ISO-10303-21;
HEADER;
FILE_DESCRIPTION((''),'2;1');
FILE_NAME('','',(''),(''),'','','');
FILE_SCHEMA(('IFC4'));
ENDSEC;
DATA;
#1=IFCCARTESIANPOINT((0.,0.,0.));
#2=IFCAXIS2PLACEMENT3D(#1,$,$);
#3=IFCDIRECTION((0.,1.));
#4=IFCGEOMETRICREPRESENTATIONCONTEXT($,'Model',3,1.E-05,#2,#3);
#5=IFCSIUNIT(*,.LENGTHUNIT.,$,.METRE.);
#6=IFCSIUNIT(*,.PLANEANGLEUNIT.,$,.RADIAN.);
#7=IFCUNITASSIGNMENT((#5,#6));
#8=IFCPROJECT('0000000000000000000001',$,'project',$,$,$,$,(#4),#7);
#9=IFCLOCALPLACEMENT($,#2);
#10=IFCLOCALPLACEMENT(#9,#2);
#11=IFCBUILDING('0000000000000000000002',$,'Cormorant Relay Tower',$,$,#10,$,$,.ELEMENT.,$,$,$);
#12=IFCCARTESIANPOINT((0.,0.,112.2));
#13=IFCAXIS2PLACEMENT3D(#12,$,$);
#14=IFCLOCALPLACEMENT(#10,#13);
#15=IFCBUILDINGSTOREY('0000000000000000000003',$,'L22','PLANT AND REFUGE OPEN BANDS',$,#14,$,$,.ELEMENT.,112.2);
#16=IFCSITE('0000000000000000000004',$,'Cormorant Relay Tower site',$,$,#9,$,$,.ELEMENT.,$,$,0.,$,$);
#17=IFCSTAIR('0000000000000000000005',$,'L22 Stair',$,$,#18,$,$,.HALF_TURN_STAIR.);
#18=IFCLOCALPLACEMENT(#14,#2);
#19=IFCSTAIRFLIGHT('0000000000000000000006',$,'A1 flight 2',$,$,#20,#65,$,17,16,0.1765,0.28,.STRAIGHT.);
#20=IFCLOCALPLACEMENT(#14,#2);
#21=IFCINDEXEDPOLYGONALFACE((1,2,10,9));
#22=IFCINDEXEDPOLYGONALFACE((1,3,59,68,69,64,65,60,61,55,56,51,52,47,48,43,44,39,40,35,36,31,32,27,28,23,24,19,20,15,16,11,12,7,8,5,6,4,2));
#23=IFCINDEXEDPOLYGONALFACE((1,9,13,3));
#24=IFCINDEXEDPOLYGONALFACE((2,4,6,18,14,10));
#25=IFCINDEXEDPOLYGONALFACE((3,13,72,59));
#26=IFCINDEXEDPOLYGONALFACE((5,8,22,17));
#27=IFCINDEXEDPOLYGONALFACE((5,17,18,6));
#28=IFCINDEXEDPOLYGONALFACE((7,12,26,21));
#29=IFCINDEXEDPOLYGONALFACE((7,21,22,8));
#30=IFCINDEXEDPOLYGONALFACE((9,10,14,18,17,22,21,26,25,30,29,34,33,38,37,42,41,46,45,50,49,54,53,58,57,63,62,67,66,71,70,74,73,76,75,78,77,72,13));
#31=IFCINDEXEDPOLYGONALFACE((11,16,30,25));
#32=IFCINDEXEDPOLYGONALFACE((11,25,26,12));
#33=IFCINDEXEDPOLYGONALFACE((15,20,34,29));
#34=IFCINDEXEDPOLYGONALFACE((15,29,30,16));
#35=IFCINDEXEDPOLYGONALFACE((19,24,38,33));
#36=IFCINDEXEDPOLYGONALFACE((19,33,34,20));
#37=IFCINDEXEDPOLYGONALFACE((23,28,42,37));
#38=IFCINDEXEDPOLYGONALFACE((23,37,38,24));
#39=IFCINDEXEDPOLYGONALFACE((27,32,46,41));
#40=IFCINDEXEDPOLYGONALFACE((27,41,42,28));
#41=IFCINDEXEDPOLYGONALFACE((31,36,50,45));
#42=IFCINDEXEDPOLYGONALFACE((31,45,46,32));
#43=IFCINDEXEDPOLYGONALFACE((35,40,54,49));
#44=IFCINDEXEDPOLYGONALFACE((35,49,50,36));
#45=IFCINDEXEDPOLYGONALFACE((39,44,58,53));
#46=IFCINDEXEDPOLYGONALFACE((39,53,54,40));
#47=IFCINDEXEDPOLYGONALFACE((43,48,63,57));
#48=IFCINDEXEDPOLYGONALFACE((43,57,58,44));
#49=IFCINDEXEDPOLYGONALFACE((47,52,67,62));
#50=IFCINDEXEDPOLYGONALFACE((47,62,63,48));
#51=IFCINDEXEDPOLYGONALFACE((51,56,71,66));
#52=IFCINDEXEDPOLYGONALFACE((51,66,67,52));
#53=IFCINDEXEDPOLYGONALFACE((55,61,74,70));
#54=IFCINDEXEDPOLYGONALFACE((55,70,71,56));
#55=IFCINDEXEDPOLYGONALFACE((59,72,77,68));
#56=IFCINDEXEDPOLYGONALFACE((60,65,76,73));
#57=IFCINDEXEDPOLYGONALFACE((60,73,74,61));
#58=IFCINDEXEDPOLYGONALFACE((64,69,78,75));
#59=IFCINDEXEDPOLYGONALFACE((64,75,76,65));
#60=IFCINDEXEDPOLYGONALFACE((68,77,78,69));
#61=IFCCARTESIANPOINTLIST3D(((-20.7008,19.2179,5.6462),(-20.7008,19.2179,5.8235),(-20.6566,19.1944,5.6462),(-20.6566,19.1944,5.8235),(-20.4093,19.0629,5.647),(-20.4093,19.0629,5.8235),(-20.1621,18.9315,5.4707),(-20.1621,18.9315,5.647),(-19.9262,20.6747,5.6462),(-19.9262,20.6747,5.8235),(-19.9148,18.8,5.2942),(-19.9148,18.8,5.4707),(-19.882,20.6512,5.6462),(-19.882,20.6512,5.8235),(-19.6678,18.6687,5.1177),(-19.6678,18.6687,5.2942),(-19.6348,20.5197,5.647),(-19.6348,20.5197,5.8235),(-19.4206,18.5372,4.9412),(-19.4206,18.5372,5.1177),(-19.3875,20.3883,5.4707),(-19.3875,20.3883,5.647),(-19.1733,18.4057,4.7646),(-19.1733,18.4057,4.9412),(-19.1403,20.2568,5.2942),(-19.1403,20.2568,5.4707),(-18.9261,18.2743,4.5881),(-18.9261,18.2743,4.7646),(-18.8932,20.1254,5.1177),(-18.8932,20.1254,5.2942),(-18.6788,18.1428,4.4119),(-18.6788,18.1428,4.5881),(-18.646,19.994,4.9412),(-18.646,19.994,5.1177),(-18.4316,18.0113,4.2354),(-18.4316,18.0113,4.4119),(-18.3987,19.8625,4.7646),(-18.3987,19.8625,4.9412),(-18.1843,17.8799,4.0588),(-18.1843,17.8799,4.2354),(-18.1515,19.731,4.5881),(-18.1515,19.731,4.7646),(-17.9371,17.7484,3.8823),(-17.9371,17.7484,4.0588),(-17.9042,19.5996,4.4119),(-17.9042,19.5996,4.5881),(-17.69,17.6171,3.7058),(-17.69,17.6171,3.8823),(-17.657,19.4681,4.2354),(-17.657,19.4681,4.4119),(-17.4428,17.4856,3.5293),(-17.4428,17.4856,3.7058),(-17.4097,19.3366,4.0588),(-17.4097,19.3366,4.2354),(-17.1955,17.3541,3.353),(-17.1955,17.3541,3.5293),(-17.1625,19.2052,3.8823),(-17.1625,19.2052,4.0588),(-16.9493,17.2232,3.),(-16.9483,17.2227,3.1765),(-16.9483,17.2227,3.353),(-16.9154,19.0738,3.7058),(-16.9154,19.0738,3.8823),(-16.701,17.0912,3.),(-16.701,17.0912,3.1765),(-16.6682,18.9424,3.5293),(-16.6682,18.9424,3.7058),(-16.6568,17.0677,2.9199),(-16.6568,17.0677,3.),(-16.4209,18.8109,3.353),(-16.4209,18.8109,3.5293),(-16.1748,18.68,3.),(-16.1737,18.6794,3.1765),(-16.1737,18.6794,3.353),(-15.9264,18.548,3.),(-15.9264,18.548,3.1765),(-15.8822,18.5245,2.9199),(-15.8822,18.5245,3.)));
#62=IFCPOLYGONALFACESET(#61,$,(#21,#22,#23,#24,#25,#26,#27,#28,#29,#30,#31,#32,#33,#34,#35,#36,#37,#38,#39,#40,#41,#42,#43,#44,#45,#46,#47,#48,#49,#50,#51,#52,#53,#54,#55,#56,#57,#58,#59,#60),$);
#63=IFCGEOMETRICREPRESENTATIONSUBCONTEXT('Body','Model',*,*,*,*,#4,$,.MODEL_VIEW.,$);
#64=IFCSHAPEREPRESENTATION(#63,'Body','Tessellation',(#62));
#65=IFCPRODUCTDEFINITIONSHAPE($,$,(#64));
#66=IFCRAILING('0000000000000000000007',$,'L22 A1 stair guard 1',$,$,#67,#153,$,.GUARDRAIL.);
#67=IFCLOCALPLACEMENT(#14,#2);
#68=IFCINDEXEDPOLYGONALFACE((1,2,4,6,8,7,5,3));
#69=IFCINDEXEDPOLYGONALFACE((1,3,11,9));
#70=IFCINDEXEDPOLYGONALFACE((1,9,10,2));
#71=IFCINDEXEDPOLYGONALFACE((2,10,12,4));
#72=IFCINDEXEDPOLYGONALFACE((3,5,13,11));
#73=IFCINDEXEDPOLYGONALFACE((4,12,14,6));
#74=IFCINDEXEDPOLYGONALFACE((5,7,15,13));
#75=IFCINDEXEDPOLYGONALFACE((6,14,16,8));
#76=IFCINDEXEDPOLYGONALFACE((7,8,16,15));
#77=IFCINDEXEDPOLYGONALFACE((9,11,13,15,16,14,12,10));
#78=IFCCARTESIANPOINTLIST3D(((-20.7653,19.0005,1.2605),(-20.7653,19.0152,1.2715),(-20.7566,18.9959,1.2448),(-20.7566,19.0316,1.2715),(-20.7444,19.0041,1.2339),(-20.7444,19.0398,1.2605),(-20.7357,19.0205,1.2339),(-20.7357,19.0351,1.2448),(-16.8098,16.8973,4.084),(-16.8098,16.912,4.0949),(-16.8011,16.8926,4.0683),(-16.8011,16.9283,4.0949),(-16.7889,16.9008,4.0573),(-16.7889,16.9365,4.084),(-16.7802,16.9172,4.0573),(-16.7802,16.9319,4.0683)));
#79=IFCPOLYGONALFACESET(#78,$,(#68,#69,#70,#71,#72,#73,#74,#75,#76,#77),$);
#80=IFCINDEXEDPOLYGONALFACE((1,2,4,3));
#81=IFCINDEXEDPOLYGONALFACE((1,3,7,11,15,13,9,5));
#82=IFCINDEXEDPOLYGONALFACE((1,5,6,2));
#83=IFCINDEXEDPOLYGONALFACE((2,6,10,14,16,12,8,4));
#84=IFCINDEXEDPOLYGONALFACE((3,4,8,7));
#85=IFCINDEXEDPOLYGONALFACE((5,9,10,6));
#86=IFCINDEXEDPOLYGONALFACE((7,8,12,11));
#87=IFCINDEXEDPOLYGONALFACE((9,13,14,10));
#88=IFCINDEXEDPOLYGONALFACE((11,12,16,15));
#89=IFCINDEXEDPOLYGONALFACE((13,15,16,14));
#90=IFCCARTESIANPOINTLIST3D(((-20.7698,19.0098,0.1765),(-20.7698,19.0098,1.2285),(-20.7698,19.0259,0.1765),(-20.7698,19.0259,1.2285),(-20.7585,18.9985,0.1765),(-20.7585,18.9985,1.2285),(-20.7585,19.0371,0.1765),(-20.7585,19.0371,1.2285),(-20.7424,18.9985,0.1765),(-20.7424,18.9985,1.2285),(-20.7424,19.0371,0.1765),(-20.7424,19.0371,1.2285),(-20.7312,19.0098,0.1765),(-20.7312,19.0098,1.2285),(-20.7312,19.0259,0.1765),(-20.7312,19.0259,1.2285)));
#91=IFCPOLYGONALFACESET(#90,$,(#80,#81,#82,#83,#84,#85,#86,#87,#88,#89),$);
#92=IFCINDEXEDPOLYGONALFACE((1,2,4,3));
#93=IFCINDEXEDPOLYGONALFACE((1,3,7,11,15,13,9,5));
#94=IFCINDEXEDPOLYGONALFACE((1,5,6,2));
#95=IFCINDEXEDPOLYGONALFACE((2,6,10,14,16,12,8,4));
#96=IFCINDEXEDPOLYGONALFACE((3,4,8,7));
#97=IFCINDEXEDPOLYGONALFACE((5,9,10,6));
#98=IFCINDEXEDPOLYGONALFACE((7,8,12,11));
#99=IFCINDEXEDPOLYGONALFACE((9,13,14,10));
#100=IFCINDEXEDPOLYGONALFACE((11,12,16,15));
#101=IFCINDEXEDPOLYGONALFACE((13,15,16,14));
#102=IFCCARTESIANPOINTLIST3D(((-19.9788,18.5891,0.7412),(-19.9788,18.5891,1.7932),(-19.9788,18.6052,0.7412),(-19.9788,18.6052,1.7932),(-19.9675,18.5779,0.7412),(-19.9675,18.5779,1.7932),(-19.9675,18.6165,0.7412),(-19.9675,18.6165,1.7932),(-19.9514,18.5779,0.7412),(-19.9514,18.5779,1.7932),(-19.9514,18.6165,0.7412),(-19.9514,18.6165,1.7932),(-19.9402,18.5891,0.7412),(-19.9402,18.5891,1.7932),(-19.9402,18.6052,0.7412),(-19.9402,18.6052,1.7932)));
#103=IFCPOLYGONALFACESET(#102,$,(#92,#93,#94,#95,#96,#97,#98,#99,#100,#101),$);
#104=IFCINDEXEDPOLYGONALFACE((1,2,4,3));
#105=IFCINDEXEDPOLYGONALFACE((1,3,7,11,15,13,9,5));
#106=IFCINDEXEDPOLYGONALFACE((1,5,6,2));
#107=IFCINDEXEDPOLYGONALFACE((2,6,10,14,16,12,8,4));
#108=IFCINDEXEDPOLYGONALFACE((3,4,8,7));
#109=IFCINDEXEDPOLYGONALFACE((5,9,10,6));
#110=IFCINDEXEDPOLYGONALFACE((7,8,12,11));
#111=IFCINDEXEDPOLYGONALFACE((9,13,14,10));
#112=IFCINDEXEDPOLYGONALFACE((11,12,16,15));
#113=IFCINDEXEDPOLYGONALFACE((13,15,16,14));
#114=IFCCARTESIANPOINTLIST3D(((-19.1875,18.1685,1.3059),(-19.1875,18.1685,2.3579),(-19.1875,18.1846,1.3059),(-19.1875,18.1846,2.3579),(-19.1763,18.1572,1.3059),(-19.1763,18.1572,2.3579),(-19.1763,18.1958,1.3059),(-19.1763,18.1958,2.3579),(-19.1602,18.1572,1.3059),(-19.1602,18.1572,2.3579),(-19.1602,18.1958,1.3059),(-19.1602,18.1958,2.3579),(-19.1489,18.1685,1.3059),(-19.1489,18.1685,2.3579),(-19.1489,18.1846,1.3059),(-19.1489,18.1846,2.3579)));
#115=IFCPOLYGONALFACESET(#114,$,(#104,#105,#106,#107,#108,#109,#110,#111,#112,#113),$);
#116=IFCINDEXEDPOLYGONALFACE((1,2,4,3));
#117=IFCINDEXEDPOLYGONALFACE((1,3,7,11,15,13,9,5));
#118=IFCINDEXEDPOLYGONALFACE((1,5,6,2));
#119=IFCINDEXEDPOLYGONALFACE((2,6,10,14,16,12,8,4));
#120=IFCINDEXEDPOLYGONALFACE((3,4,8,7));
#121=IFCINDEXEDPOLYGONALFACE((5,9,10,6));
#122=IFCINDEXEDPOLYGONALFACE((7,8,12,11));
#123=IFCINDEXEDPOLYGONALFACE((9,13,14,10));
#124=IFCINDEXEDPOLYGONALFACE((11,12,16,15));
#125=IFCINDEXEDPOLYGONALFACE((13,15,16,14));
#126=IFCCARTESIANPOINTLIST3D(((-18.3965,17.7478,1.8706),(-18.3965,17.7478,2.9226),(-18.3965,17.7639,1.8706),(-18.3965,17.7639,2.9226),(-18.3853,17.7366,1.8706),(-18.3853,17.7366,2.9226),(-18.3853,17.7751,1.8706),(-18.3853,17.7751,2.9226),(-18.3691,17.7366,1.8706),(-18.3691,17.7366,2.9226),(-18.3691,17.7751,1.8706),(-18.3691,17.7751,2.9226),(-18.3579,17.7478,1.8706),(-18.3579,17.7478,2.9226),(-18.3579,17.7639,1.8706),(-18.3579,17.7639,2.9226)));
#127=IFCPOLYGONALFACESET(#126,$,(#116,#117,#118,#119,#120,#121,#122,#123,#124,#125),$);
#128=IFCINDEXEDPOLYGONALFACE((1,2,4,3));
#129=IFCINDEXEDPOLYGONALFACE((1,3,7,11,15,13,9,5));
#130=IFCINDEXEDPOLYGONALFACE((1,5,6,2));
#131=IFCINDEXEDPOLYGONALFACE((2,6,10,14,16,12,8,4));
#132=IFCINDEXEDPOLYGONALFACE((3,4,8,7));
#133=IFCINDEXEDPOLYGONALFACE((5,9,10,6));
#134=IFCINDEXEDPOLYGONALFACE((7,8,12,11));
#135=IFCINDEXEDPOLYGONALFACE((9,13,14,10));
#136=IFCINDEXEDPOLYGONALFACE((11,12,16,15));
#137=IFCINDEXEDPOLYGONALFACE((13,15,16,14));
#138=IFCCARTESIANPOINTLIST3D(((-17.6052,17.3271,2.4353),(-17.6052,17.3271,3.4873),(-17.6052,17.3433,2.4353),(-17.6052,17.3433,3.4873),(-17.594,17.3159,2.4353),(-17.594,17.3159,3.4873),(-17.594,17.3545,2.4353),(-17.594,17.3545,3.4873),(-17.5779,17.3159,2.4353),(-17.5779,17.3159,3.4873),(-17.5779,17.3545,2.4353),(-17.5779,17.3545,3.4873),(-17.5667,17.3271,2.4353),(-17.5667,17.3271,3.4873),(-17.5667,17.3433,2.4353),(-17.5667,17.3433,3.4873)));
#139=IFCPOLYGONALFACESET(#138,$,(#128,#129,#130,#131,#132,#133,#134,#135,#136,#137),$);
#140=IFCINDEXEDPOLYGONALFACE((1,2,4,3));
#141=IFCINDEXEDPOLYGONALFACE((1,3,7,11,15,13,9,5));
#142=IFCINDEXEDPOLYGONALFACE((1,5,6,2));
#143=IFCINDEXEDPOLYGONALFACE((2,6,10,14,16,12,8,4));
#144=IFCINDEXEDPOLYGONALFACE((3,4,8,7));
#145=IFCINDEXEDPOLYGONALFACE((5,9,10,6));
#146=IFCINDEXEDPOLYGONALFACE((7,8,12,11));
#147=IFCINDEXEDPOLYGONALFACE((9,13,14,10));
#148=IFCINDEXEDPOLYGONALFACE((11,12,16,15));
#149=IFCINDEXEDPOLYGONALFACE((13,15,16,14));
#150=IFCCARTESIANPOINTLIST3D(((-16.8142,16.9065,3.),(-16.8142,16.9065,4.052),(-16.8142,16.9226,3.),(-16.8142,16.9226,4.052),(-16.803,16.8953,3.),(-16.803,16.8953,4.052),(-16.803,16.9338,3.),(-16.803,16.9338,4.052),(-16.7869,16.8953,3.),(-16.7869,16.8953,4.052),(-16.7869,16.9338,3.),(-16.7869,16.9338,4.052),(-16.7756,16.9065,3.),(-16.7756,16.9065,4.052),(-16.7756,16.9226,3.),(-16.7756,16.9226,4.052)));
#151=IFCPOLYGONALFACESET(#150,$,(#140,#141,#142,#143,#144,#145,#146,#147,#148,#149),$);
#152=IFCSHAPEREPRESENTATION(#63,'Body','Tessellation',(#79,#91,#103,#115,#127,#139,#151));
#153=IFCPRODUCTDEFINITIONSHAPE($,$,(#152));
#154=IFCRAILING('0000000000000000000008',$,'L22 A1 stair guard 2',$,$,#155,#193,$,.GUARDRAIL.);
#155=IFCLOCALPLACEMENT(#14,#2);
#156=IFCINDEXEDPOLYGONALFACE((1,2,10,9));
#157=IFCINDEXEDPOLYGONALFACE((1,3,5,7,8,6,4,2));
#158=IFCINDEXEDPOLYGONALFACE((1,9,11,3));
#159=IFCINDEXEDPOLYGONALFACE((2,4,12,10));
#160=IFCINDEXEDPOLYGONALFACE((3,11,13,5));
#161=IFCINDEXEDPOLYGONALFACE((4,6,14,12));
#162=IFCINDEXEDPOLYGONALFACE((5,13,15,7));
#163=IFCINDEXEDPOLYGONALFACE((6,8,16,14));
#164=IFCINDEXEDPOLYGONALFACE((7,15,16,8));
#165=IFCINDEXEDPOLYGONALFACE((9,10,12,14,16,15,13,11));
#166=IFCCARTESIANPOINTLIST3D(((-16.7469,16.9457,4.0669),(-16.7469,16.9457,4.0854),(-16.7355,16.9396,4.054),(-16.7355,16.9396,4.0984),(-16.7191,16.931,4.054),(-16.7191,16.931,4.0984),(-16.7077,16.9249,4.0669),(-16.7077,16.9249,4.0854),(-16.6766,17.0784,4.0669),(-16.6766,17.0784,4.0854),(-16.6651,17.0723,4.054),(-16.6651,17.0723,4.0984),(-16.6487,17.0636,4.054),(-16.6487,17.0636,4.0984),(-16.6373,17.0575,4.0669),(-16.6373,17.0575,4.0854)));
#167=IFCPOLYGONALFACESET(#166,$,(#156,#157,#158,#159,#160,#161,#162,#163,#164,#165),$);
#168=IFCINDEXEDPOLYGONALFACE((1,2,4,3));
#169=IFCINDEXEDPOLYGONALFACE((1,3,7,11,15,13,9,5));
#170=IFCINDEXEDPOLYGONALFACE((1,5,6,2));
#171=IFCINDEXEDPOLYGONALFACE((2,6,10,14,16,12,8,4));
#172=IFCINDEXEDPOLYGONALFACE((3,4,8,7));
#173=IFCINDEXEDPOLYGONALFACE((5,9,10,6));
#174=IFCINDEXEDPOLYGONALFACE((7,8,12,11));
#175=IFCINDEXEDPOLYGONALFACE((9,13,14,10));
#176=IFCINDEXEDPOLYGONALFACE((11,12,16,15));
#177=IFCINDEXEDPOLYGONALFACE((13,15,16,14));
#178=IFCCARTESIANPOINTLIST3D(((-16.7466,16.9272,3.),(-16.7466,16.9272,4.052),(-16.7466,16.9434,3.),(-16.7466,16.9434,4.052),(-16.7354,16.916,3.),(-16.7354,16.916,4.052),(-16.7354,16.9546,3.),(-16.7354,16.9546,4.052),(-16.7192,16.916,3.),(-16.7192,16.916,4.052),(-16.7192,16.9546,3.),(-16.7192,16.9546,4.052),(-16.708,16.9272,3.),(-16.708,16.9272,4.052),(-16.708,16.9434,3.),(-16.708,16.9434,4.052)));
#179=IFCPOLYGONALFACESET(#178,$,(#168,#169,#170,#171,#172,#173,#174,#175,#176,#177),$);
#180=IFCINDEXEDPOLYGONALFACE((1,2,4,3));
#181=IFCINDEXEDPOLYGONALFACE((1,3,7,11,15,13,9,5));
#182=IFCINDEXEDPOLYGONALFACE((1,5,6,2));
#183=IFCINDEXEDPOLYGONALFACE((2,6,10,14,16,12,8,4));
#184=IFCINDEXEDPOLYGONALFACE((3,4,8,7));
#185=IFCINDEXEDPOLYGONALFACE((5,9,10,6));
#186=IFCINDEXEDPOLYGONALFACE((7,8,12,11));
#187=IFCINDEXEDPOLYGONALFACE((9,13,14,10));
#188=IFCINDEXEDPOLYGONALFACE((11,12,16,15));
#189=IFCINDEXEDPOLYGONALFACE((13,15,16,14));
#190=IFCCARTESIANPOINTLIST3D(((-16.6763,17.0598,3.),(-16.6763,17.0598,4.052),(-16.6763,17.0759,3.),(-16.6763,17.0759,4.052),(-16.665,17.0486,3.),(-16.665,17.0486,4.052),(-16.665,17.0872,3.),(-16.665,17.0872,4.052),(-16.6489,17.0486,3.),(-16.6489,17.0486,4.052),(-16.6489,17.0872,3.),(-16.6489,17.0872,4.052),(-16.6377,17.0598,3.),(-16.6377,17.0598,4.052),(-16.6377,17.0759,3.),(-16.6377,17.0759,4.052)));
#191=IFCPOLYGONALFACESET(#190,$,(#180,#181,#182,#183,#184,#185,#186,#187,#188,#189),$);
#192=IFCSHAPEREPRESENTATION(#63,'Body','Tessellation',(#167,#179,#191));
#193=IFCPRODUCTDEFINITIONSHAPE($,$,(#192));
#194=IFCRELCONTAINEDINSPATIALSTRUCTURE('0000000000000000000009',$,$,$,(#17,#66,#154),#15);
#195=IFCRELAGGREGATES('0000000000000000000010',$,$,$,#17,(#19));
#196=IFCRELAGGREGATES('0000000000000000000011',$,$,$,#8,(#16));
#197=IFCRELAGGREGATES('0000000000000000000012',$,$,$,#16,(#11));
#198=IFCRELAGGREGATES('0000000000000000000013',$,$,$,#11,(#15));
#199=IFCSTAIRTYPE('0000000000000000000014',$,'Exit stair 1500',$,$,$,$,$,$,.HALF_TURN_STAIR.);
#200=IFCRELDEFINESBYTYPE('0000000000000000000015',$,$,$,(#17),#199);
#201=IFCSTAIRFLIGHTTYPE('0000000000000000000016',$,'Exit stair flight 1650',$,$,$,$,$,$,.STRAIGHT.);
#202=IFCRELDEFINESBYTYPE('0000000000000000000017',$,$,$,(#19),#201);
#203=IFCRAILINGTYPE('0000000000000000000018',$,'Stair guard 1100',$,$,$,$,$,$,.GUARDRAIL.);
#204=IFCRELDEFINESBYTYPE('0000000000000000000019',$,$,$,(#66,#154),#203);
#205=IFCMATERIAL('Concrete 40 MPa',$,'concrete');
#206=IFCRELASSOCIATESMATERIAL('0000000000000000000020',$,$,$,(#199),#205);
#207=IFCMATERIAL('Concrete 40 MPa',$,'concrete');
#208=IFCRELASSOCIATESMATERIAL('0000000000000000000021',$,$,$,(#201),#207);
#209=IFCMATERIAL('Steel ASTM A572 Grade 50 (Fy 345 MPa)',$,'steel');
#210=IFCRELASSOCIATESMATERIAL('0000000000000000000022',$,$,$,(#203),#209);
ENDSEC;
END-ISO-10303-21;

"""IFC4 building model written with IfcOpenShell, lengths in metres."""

from ifc_helpers import new_model, si_unit, direction, frame, origin, place, context, subcontext, project, spatial, polyline, outline, extrude, material, type_object, element, aggregate, save


model = new_model("IFC4")

# Units and contexts
model_context = context("Model", 3, precision=1e-05, world=origin(), true_north=direction((0.0, 1.0)))
body_context = subcontext(model_context, "Body", "Model", "MODEL_VIEW")
ifc_project = project(units=[si_unit("LENGTHUNIT", "METRE"), si_unit("PLANEANGLEUNIT", "RADIAN")], contexts=[model_context])

# Site, building, storey
site_placement = place(None, origin())
site = spatial("IfcSite", under=ifc_project, at=site_placement, Name="Cormorant Relay Tower site", CompositionType="ELEMENT", RefElevation=0.0)
building_placement = place(site_placement, origin())
building = spatial("IfcBuilding", under=site, at=building_placement, Name="Cormorant Relay Tower", CompositionType="ELEMENT")
storey_placement = place(building_placement, frame((0.0, 0.0, 112.2)))
storey = spatial("IfcBuildingStorey", under=building, at=storey_placement, Name="L22", Description="PLANT AND REFUGE OPEN BANDS", CompositionType="ELEMENT", Elevation=112.2)

# Stair, stair flight
ifc_material_1 = material(Name="Concrete 40 MPa", Category="concrete")
stair_type = type_object("IfcStairType", Name="Exit stair 1500", PredefinedType="HALF_TURN_STAIR", material=ifc_material_1)
stair_placement = place(storey_placement, origin())
stair = element("IfcStair", 1, at=stair_placement, inside=storey, type_object=stair_type, Name="L22 Stair", PredefinedType="HALF_TURN_STAIR")
ifc_material_2 = material(Name="Concrete 40 MPa", Category="concrete")
stair_flight_type = type_object("IfcStairFlightType", Name="Exit stair flight 1650", PredefinedType="STRAIGHT", material=ifc_material_2)
stair_flight_1_placement = place(storey_placement, frame((-16.3137, 17.8196, 3.0), z_axis=(0.0, 0.0, 1.0), x_axis=(-0.882948, 0.469472, 0.0)))
stair_flight_1 = element("IfcStairFlight", 2, at=stair_flight_1_placement, type_object=stair_flight_type, Name="A1 flight 2", NumberOfRisers=17, NumberOfTreads=16, PredefinedType="STRAIGHT", RiserHeight=0.1765, TreadLength=0.28, context=body_context, shape_type="SweptSolid", body=[
    extrude(outline(polyline([(-0.05, -0.0801), (-0.05, 0.0), (0.0, 0.0), (0.0, 0.1765), (0.28, 0.1765), (0.28, 0.353), (0.5601, 0.353), (0.5601, 0.5293), (0.8401, 0.5293), (0.8401, 0.7058), (1.1201, 0.7058), (1.1201, 0.8823), (1.3999, 0.8823), (1.3999, 1.0588), (1.6799, 1.0588), (1.6799, 1.2354), (1.96, 1.2354), (1.96, 1.4119), (2.24, 1.4119), (2.24, 1.5881), (2.52, 1.5881), (2.52, 1.7646), (2.8, 1.7646), (2.8, 1.9412), (3.0801, 1.9412), (3.0801, 2.1177), (3.3601, 2.1177), (3.3601, 2.2942), (3.6399, 2.2942), (3.6399, 2.4707), (3.9199, 2.4707), (3.9199, 2.647), (4.2, 2.647), (4.2, 2.8235), (4.48, 2.8235), (4.53, 2.8235), (4.53, 2.6462), (4.48, 2.6462), (0.2812, 0.0), (-0.05, -0.0801)])), frame((0.0, 0.825, 0.0), z_axis=(0.0, -1.0, 0.0), x_axis=(1.0, 0.0, 0.0)), (0.0, 0.0, 1.0), 1.6499),
])
aggregate(stair, [stair_flight_1])

# Railings
ifc_material_3 = material(Name="Steel ASTM A572 Grade 50 (Fy 345 MPa)", Category="steel")
railing_type_1 = type_object("IfcRailingType", Name="Stair guard 1100", PredefinedType="GUARDRAIL", material=ifc_material_3)
railing_1_placement = place(storey_placement, frame((-20.7505, 19.0178, 0.1765)))
element("IfcRailing", 3, at=railing_1_placement, inside=storey, type_object=railing_type_1, Name="L22 A1 stair guard 1", PredefinedType="GUARDRAIL", context=body_context, shape_type="SweptSolid", body=[
    extrude(outline(polyline([(0.0222, 0.0093), (0.0093, 0.0222), (-0.0093, 0.0222), (-0.0222, 0.0093), (-0.0222, -0.0093), (-0.0093, -0.0222), (0.0093, -0.0222), (0.0222, -0.0093), (0.0222, 0.0093)])), frame((0.0, 0.0, 1.0762), z_axis=(0.746967, -0.397181, 0.533186), x_axis=(0.469482, 0.882942, 0.0)), (0.0, 0.0, 1.0), 5.2954),
    extrude(outline(polyline([(0.0193, 0.0081), (0.0081, 0.0193), (-0.0081, 0.0193), (-0.0193, 0.0081), (-0.0193, -0.0081), (-0.0081, -0.0193), (0.0081, -0.0193), (0.0193, -0.0081), (0.0193, 0.0081)])), origin(), (0.0, 0.0, 1.0), 1.052),
    extrude(outline(polyline([(0.0193, 0.0081), (0.0081, 0.0193), (-0.0081, 0.0193), (-0.0193, 0.0081), (-0.0193, -0.0081), (-0.0081, -0.0193), (0.0081, -0.0193), (0.0193, -0.0081), (0.0193, 0.0081)])), frame((0.791, -0.4207, 0.5647)), (0.0, 0.0, 1.0), 1.052),
    extrude(outline(polyline([(0.0193, 0.0081), (0.0081, 0.0193), (-0.0081, 0.0193), (-0.0193, 0.0081), (-0.0193, -0.0081), (-0.0081, -0.0193), (0.0081, -0.0193), (0.0193, -0.0081), (0.0193, 0.0081)])), frame((1.5823, -0.8413, 1.1294)), (0.0, 0.0, 1.0), 1.052),
    extrude(outline(polyline([(0.0193, 0.0081), (0.0081, 0.0193), (-0.0081, 0.0193), (-0.0193, 0.0081), (-0.0193, -0.0081), (-0.0081, -0.0193), (0.0081, -0.0193), (0.0193, -0.0081), (0.0193, 0.0081)])), frame((2.3733, -1.262, 1.6941)), (0.0, 0.0, 1.0), 1.052),
    extrude(outline(polyline([(0.0193, 0.0081), (0.0081, 0.0193), (-0.0081, 0.0193), (-0.0193, 0.0081), (-0.0193, -0.0081), (-0.0081, -0.0193), (0.0081, -0.0193), (0.0193, -0.0081), (0.0193, 0.0081)])), frame((3.1646, -1.6826, 2.2588)), (0.0, 0.0, 1.0), 1.052),
    extrude(outline(polyline([(0.0193, 0.0081), (0.0081, 0.0193), (-0.0081, 0.0193), (-0.0193, 0.0081), (-0.0193, -0.0081), (-0.0081, -0.0193), (0.0081, -0.0193), (0.0193, -0.0081), (0.0193, 0.0081)])), frame((3.9556, -2.1033, 2.8235)), (0.0, 0.0, 1.0), 1.052),
])
railing_2_placement = place(storey_placement, frame((-16.7273, 16.9353, 3.0)))
element("IfcRailing", 4, at=railing_2_placement, inside=storey, type_object=railing_type_1, Name="L22 A1 stair guard 2", PredefinedType="GUARDRAIL", context=body_context, shape_type="SweptSolid", body=[
    extrude(outline(polyline([(0.0222, 0.0093), (0.0093, 0.0222), (-0.0093, 0.0222), (-0.0222, 0.0093), (-0.0222, -0.0093), (-0.0093, -0.0222), (0.0093, -0.0222), (0.0222, -0.0093), (0.0222, 0.0093)])), frame((0.0, 0.0, 1.0762), z_axis=(0.46856, 0.883431, 0.0), x_axis=(-0.883431, 0.46856, 0.0)), (0.0, 0.0, 1.0), 0.1501),
    extrude(outline(polyline([(0.0193, 0.0081), (0.0081, 0.0193), (-0.0081, 0.0193), (-0.0193, 0.0081), (-0.0193, -0.0081), (-0.0081, -0.0193), (0.0081, -0.0193), (0.0193, -0.0081), (0.0193, 0.0081)])), origin(), (0.0, 0.0, 1.0), 1.052),
    extrude(outline(polyline([(0.0193, 0.0081), (0.0081, 0.0193), (-0.0081, 0.0193), (-0.0193, 0.0081), (-0.0193, -0.0081), (-0.0081, -0.0193), (0.0081, -0.0193), (0.0193, -0.0081), (0.0193, 0.0081)])), frame((0.0703, 0.1326, 0.0)), (0.0, 0.0, 1.0), 1.052),
])

save(model, "model.ifc")
